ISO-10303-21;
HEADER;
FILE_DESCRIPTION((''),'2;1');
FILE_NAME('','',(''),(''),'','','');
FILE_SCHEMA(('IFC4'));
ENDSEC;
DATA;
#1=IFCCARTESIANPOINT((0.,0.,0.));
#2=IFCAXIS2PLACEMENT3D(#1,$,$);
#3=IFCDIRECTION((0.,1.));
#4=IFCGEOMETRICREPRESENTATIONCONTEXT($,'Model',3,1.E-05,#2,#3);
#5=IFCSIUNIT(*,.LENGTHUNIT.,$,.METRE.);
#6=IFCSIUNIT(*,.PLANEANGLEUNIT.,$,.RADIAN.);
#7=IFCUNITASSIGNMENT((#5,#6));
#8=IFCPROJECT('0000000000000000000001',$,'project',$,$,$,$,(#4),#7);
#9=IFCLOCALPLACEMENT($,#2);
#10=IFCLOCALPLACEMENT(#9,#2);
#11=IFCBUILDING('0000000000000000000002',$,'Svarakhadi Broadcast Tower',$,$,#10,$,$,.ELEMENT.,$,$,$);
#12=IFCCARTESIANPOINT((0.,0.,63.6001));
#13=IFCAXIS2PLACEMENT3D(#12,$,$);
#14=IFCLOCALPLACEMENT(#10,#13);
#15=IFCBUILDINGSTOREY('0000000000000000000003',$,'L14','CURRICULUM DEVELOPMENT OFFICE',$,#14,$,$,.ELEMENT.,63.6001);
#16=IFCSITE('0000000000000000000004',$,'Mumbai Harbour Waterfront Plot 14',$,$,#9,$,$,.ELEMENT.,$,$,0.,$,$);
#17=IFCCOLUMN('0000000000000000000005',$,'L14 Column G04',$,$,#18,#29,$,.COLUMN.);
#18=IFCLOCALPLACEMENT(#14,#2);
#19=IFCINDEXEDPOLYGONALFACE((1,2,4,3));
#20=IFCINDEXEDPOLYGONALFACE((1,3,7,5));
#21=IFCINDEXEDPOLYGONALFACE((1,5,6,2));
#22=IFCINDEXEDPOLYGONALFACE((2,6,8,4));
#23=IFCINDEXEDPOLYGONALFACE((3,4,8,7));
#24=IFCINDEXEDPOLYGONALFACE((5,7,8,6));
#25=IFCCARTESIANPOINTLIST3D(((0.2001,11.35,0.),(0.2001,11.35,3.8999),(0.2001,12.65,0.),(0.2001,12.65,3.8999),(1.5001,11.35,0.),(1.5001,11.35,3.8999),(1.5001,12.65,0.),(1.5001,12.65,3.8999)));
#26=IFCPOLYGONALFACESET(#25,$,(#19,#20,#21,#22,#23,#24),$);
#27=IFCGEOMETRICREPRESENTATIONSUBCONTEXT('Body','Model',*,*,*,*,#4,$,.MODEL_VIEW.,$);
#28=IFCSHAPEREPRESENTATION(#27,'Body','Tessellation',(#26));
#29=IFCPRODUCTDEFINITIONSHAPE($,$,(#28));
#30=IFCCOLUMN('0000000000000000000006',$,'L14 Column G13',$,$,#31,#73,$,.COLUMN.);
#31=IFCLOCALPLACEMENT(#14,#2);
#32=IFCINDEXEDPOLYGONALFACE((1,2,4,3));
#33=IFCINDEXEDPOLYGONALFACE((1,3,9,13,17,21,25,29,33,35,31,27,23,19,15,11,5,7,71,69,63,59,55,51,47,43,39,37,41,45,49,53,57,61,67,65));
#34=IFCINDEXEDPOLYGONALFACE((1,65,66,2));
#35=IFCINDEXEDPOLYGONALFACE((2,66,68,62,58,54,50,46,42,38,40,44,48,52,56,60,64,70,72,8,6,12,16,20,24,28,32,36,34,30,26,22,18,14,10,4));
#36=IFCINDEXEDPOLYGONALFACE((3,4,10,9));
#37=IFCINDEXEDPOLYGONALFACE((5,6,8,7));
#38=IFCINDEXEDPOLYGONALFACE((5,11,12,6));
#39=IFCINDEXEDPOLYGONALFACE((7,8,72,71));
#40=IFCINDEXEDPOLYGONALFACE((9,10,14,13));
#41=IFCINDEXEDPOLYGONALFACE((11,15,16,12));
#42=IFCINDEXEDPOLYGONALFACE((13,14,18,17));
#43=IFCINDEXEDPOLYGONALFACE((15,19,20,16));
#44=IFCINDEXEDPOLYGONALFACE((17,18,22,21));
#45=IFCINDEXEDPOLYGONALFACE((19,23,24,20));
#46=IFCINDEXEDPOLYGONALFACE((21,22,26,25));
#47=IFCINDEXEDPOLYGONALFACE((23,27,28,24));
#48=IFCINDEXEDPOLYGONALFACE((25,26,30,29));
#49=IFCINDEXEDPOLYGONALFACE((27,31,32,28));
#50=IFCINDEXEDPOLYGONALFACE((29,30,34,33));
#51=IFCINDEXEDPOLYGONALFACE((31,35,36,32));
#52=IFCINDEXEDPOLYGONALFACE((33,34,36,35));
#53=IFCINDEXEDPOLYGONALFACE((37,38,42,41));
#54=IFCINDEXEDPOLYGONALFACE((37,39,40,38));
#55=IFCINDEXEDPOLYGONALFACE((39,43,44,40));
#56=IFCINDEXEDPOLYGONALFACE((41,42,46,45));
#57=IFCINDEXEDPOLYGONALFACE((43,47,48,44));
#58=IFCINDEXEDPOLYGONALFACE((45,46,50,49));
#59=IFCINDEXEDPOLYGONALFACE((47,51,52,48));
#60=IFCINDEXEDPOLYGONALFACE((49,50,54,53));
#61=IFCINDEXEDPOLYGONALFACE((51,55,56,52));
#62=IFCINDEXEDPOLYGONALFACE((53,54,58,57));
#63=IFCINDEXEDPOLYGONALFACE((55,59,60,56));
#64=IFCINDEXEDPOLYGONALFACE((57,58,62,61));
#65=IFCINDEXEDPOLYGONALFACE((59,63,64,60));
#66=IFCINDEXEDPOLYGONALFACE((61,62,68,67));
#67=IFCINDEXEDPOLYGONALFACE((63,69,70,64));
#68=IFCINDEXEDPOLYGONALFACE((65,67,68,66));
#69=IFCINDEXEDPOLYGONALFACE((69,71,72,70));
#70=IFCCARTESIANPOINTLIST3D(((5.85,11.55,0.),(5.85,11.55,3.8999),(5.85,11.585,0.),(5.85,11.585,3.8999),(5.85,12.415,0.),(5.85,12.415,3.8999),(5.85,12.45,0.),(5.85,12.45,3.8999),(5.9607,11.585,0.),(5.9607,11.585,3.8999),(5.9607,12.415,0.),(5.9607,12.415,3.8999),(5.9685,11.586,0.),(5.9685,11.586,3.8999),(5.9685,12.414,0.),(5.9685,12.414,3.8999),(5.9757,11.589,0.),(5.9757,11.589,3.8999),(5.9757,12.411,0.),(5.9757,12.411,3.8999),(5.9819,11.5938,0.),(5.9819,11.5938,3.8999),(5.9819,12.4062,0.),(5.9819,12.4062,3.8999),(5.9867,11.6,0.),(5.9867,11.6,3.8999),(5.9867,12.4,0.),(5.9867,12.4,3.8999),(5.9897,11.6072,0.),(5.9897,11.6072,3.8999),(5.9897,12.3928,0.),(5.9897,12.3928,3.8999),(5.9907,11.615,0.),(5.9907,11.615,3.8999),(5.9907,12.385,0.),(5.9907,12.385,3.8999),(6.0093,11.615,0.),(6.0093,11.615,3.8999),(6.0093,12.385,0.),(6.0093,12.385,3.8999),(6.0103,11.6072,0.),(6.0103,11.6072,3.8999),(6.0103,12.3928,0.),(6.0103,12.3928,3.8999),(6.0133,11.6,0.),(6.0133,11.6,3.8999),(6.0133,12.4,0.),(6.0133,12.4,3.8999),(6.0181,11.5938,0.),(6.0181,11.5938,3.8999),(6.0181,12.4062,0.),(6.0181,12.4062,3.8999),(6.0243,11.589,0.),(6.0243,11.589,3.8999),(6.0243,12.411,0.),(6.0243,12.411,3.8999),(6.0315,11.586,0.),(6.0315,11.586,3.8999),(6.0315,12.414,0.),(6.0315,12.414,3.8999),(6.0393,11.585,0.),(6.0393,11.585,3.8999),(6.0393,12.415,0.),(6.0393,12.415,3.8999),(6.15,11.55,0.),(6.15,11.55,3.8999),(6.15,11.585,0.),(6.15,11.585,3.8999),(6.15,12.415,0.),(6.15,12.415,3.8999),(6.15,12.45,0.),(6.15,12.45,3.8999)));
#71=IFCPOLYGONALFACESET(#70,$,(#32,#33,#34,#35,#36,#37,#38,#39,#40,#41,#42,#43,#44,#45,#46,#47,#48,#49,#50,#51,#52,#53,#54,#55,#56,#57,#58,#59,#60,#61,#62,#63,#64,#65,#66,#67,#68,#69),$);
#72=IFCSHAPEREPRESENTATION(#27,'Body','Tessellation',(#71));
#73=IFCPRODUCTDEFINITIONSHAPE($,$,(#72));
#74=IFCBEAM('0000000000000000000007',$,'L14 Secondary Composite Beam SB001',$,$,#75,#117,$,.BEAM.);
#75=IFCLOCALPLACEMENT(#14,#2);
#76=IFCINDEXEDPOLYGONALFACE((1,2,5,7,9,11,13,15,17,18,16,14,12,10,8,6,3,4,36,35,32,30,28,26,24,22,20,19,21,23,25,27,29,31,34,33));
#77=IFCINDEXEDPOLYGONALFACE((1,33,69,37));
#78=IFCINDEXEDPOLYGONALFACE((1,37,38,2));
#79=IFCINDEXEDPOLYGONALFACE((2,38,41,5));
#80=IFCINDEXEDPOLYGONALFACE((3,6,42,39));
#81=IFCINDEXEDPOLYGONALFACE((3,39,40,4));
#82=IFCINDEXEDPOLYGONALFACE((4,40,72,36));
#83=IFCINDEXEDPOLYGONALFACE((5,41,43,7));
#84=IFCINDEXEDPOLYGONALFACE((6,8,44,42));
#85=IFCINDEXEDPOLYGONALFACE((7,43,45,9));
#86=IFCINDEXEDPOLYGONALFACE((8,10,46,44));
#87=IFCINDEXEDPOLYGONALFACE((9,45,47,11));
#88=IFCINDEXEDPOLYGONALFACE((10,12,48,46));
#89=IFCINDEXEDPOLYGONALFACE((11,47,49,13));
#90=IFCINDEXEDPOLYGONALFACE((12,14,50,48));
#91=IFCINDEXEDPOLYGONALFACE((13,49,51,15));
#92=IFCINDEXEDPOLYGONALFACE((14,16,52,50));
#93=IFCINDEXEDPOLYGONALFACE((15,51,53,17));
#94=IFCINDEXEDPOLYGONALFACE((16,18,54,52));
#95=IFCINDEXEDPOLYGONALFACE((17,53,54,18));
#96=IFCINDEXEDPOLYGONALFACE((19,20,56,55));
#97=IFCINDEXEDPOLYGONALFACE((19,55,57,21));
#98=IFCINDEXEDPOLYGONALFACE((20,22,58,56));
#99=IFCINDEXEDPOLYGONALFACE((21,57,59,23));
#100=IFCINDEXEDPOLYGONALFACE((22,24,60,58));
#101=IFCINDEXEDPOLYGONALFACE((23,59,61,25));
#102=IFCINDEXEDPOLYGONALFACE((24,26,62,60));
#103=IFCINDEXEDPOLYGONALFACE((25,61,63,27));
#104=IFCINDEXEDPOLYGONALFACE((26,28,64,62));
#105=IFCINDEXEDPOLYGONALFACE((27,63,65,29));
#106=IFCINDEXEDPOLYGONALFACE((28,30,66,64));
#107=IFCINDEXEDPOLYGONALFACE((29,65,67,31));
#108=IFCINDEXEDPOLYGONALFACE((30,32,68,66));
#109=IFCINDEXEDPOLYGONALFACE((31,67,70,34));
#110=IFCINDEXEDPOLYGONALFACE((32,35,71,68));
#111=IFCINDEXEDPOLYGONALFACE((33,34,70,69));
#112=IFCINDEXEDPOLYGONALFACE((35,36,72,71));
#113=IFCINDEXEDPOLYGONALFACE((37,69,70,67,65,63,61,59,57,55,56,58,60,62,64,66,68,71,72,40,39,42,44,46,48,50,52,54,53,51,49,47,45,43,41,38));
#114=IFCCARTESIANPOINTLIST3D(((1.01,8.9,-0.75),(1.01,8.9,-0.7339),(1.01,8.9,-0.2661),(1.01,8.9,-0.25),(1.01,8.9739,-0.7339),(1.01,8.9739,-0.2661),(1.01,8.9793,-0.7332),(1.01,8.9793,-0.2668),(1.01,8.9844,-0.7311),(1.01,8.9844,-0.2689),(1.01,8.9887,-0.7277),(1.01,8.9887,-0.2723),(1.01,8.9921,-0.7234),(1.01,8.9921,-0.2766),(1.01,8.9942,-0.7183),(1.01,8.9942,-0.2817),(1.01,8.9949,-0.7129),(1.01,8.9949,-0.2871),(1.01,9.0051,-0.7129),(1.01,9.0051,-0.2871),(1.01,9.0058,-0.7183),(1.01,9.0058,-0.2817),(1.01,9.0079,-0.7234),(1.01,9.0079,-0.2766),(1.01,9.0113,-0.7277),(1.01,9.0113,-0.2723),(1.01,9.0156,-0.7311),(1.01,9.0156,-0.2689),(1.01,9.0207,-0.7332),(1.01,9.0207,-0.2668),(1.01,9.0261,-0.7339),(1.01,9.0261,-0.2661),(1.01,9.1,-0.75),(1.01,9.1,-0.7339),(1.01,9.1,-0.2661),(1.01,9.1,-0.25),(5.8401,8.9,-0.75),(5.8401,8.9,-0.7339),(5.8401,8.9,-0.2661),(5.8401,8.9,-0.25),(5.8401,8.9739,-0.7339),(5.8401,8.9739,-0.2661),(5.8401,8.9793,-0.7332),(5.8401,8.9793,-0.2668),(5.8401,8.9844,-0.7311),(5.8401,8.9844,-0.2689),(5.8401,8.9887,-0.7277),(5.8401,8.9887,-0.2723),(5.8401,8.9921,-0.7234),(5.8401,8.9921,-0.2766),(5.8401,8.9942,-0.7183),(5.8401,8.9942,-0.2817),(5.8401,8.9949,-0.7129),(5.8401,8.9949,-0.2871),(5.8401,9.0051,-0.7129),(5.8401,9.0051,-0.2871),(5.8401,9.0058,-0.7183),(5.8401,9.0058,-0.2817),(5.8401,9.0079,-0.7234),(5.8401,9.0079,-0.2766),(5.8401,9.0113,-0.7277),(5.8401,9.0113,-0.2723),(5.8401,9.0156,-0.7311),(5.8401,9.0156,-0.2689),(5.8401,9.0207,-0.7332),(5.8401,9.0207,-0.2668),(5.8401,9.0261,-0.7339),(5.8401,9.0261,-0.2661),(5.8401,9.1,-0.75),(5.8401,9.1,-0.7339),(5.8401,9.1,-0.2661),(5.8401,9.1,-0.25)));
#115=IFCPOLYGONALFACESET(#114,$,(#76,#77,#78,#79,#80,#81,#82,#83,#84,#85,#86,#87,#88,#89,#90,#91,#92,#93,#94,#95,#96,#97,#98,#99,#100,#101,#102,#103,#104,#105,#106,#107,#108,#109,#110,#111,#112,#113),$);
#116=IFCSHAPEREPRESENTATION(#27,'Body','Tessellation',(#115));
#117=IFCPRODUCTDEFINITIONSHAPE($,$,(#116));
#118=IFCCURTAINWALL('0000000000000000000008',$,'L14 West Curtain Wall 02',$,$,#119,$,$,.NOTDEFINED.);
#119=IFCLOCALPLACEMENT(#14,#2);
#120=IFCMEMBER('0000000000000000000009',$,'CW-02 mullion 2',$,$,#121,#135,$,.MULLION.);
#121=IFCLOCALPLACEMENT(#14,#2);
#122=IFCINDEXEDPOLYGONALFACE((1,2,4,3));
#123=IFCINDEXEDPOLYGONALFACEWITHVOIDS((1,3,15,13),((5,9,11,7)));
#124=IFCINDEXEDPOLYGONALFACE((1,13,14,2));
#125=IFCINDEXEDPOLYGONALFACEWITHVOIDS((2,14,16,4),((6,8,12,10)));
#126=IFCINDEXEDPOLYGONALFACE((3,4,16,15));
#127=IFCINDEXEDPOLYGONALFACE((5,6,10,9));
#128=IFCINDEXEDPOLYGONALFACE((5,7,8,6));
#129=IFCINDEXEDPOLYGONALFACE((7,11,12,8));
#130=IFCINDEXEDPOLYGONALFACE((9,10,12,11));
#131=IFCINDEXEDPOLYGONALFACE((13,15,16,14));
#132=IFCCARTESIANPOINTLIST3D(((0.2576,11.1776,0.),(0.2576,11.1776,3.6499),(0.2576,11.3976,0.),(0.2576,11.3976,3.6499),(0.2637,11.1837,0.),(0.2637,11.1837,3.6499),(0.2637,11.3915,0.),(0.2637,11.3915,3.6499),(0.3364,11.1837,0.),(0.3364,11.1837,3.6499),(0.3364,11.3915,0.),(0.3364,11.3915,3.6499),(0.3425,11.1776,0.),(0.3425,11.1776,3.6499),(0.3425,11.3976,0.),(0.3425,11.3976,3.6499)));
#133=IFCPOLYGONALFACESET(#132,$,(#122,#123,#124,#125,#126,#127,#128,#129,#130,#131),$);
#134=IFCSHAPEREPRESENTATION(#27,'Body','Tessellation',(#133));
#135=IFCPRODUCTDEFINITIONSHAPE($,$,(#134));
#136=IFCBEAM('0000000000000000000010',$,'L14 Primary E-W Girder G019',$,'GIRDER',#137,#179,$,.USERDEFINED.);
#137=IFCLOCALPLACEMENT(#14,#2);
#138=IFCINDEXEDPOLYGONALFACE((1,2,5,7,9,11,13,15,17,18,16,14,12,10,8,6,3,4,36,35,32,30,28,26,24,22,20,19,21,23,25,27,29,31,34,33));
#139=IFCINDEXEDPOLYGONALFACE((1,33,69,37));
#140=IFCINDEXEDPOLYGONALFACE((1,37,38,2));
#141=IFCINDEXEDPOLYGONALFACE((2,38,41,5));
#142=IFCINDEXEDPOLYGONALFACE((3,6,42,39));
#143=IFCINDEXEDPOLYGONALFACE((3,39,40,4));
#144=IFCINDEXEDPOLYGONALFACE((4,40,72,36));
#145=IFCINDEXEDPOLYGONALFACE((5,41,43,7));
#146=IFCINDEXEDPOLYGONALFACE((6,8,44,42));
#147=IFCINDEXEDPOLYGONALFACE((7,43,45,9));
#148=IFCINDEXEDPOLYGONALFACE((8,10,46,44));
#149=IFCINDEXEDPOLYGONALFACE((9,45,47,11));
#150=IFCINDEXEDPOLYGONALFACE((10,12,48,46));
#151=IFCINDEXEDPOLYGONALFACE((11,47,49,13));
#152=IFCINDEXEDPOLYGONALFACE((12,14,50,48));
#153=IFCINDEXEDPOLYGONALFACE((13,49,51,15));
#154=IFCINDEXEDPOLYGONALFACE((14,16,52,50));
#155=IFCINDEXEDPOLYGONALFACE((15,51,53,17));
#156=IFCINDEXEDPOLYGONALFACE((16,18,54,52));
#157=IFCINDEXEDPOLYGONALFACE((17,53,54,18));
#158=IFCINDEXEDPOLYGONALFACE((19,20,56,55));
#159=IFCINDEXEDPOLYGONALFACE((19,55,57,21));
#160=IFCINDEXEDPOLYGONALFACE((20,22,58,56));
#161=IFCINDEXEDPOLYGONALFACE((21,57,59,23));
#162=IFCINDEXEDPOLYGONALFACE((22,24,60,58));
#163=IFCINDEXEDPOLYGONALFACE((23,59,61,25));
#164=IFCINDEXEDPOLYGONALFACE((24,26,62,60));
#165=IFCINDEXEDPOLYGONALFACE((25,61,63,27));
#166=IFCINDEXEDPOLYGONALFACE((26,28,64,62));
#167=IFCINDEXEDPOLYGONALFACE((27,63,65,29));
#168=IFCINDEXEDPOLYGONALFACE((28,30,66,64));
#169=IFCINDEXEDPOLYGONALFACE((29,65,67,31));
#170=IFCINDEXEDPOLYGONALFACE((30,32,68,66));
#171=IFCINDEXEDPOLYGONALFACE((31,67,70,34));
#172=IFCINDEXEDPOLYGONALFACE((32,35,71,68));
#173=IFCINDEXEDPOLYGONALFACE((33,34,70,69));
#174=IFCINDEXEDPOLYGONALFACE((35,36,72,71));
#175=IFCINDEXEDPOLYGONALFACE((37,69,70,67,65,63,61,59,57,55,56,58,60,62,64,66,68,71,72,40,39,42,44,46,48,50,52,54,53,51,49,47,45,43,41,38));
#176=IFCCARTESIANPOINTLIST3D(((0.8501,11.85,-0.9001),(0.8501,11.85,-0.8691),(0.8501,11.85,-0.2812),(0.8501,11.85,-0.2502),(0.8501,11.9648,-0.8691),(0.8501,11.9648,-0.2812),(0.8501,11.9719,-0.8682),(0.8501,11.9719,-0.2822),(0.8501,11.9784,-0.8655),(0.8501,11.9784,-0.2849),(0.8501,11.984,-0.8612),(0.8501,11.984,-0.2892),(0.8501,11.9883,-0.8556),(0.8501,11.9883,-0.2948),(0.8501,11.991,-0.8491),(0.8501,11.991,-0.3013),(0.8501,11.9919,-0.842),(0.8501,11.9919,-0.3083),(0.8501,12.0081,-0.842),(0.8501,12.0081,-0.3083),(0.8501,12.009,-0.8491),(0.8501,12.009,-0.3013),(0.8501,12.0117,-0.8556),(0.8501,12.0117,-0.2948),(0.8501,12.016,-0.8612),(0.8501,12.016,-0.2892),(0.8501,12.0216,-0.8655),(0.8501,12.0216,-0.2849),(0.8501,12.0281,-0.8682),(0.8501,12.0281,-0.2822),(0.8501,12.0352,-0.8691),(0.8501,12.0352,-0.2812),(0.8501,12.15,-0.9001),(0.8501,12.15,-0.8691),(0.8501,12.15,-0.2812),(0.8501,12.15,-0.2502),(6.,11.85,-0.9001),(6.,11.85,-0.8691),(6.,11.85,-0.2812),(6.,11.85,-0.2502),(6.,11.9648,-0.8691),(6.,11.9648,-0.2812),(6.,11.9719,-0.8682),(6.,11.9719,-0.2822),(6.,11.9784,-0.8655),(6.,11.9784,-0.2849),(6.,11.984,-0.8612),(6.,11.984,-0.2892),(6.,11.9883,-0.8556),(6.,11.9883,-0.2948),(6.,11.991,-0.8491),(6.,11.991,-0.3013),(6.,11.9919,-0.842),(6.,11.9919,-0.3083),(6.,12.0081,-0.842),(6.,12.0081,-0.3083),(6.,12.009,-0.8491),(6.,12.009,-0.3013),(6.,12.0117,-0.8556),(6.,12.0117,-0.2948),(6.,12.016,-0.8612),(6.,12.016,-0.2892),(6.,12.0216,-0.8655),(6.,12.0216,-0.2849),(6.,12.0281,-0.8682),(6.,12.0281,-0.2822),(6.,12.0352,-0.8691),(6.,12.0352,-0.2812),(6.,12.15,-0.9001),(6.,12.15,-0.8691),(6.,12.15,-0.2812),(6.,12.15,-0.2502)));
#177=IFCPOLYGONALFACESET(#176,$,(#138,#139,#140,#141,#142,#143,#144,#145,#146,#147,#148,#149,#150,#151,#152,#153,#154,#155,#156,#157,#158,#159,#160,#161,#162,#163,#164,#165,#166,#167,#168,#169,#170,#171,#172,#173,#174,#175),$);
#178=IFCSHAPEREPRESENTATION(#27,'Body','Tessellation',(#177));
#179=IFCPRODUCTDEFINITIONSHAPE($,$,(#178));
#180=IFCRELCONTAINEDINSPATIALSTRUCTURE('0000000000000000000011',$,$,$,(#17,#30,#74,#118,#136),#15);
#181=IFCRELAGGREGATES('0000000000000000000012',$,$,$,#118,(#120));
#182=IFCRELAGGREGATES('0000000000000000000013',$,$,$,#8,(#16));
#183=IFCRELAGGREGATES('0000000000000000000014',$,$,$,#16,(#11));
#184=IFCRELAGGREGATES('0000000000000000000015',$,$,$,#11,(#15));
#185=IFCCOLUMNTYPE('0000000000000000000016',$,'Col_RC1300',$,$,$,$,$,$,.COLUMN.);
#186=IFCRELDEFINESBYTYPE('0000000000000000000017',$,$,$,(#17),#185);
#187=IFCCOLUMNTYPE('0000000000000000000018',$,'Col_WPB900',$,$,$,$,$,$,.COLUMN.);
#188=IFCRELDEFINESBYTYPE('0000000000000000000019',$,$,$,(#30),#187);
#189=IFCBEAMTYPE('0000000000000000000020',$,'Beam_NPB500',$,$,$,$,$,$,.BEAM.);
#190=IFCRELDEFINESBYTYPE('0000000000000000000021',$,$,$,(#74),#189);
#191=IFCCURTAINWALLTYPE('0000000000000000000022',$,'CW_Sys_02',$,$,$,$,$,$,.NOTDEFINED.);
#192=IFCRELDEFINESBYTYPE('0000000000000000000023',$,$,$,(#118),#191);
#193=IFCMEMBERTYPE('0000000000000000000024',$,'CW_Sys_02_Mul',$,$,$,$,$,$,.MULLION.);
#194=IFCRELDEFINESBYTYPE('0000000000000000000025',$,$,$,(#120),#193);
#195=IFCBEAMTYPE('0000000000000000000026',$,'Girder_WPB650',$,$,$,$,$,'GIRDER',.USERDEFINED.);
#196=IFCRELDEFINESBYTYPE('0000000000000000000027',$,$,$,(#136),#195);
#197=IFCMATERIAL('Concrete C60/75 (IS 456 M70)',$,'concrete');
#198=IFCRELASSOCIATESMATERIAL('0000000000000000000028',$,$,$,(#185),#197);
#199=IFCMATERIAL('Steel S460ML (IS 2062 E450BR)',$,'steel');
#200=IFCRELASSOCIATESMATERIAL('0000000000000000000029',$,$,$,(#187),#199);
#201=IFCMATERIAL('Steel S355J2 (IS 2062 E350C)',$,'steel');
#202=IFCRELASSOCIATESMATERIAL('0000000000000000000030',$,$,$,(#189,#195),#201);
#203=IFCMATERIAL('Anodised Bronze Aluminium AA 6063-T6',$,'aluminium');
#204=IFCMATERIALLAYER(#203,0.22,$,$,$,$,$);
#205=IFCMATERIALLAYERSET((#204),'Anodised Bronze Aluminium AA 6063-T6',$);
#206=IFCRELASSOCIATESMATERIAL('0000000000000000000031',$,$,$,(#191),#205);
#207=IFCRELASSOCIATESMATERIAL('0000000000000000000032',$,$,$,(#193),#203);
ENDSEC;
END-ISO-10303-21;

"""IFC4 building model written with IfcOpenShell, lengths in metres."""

from ifc_helpers import new_model, si_unit, direction, frame, origin, origin_2d, place, context, subcontext, project, spatial, rectangle, hollow_rectangle, i_section, extrude, material, layer, layer_set, material_profile, profile_set, type_object, element, aggregate, save


model = new_model("IFC4")

# Units and contexts
model_context = context("Model", 3, precision=1e-05, world=origin(), true_north=direction((0.0, 1.0)))
body_context = subcontext(model_context, "Body", "Model", "MODEL_VIEW")
ifc_project = project(units=[si_unit("LENGTHUNIT", "METRE"), si_unit("PLANEANGLEUNIT", "RADIAN")], contexts=[model_context])

# Site, building, storey
site_placement = place(None, origin())
site = spatial("IfcSite", under=ifc_project, at=site_placement, Name="Mumbai Harbour Waterfront Plot 14", CompositionType="ELEMENT", RefElevation=0.0)
building_placement = place(site_placement, origin())
building = spatial("IfcBuilding", under=site, at=building_placement, Name="Svarakhadi Broadcast Tower", CompositionType="ELEMENT")
storey_placement = place(building_placement, frame((0.0, 0.0, 63.6001)))
storey = spatial("IfcBuildingStorey", under=building, at=storey_placement, Name="L14", Description="CURRICULUM DEVELOPMENT OFFICE", CompositionType="ELEMENT", Elevation=63.6001)

# Columns
ifc_material_1 = material(Name="Concrete C60/75 (IS 456 M70)", Category="concrete")
ifc_material_profile_1 = material_profile(ifc_material_1, rectangle(XDim=1.3, YDim=1.3, at=origin_2d()), Name="RC 1300x1300")
ifc_profile_set_1 = profile_set([ifc_material_profile_1], Name="Concrete C60/75 (IS 456 M70)")
column_type_1 = type_object("IfcColumnType", Name="Col_RC1300", PredefinedType="COLUMN", material=ifc_profile_set_1)
column_1_placement = place(storey_placement, frame((0.8501, 12.0, 0.0), z_axis=(0.0, 0.0, 1.0), x_axis=(1.0, 0.0, 0.0)))
element("IfcColumn", 1, at=column_1_placement, inside=storey, type_object=column_type_1, Name="L14 Column G04", PredefinedType="COLUMN", context=body_context, shape_type="SweptSolid", body=[
    extrude(rectangle(XDim=1.3, YDim=1.3, at=origin_2d()), origin(), (0.0, 0.0, 1.0), 3.8999),
])
ifc_material_2 = material(Name="Steel S460ML (IS 2062 E450BR)", Category="steel")
ifc_material_profile_2 = material_profile(ifc_material_2, i_section(OverallWidth=0.3, OverallDepth=0.8999, WebThickness=0.0186, FlangeThickness=0.0349, FilletRadius=0.03, at=origin_2d()), Name="WPB 900x300x291")
ifc_profile_set_2 = profile_set([ifc_material_profile_2], Name="Steel S460ML (IS 2062 E450BR)")
column_type_2 = type_object("IfcColumnType", Name="Col_WPB900", PredefinedType="COLUMN", material=ifc_profile_set_2)
column_2_placement = place(storey_placement, frame((6.0, 12.0, 0.0), z_axis=(0.0, 0.0, 1.0), x_axis=(1.0, 0.0, 0.0)))
element("IfcColumn", 2, at=column_2_placement, inside=storey, type_object=column_type_2, Name="L14 Column G13", PredefinedType="COLUMN", context=body_context, shape_type="SweptSolid", body=[
    extrude(i_section(OverallWidth=0.3, OverallDepth=0.8999, WebThickness=0.0186, FlangeThickness=0.0349, FilletRadius=0.03, at=origin_2d()), origin(), (0.0, 0.0, 1.0), 3.8999),
])

# Beam
ifc_material_3 = material(Name="Steel S355J2 (IS 2062 E350C)", Category="steel")
ifc_material_profile_3 = material_profile(ifc_material_3, i_section(OverallWidth=0.2, OverallDepth=0.5, WebThickness=0.0103, FlangeThickness=0.0161, FilletRadius=0.021, at=origin_2d()), Name="NPB 500x200x91")
ifc_profile_set_3 = profile_set([ifc_material_profile_3], Name="Steel S355J2 (IS 2062 E350C)")
beam_type_1 = type_object("IfcBeamType", Name="Beam_NPB500", PredefinedType="BEAM", material=ifc_profile_set_3)
beam_1_placement = place(storey_placement, frame((1.01, 9.0, -0.5), z_axis=(1.0, 0.0, 0.0), x_axis=(0.0, 1.0, 0.0)))
element("IfcBeam", 3, at=beam_1_placement, inside=storey, type_object=beam_type_1, Name="L14 Secondary Composite Beam SB001", PredefinedType="BEAM", context=body_context, shape_type="SweptSolid", body=[
    extrude(i_section(OverallWidth=0.2, OverallDepth=0.5, WebThickness=0.0103, FlangeThickness=0.0161, FilletRadius=0.021, at=origin_2d()), origin(), (0.0, 0.0, 1.0), 4.8301),
])

# Curtain wall, member
ifc_material_4 = material(Name="Anodised Bronze Aluminium AA 6063-T6", Category="aluminium")
ifc_layer_1 = layer(ifc_material_4, 0.22)
ifc_layer_set_1 = layer_set([ifc_layer_1], Name="Anodised Bronze Aluminium AA 6063-T6")
curtain_wall_type = type_object("IfcCurtainWallType", Name="CW_Sys_02", PredefinedType="NOTDEFINED", material=ifc_layer_set_1)
curtain_wall_placement = place(storey_placement, origin())
curtain_wall = element("IfcCurtainWall", 4, at=curtain_wall_placement, inside=storey, type_object=curtain_wall_type, Name="L14 West Curtain Wall 02", PredefinedType="NOTDEFINED")
ifc_material_profile_4 = material_profile(ifc_material_4, hollow_rectangle(XDim=0.085, YDim=0.22, WallThickness=0.0061, at=origin_2d()), Name="ALU MULLION 220x85x6")
ifc_profile_set_4 = profile_set([ifc_material_profile_4], Name="Anodised Bronze Aluminium AA 6063-T6")
member_type = type_object("IfcMemberType", Name="CW_Sys_02_Mul", PredefinedType="MULLION", material=ifc_profile_set_4)
member_placement = place(storey_placement, frame((0.3, 11.2876, 0.0), z_axis=(0.0, 0.0, 1.0), x_axis=(-1.0, 0.0, 0.0)))
member = element("IfcMember", 5, at=member_placement, type_object=member_type, Name="CW-02 mullion 2", PredefinedType="MULLION", context=body_context, shape_type="SweptSolid", body=[
    extrude(hollow_rectangle(XDim=0.085, YDim=0.22, WallThickness=0.0061, at=origin_2d()), origin(), (0.0, 0.0, 1.0), 3.6499),
])

# Beam
ifc_material_profile_5 = material_profile(ifc_material_3, i_section(OverallWidth=0.3, OverallDepth=0.6499, WebThickness=0.0161, FlangeThickness=0.031, FilletRadius=0.0271, at=origin_2d()), Name="WPB 650x300x225")
ifc_profile_set_5 = profile_set([ifc_material_profile_5], Name="Steel S355J2 (IS 2062 E350C)")
beam_type_2 = type_object("IfcBeamType", Name="Girder_WPB650", ElementType="GIRDER", PredefinedType="USERDEFINED", material=ifc_profile_set_5)
beam_2_placement = place(storey_placement, frame((0.8501, 12.0, -0.5752), z_axis=(1.0, 0.0, 0.0), x_axis=(0.0, 1.0, 0.0)))
element("IfcBeam", 6, at=beam_2_placement, inside=storey, type_object=beam_type_2, Name="L14 Primary E-W Girder G019", ObjectType="GIRDER", PredefinedType="USERDEFINED", context=body_context, shape_type="SweptSolid", body=[
    extrude(i_section(OverallWidth=0.3, OverallDepth=0.6499, WebThickness=0.0161, FlangeThickness=0.031, FilletRadius=0.0271, at=origin_2d()), origin(), (0.0, 0.0, 1.0), 5.1499),
])

aggregate(curtain_wall, [member])

save(model, "model.ifc")
